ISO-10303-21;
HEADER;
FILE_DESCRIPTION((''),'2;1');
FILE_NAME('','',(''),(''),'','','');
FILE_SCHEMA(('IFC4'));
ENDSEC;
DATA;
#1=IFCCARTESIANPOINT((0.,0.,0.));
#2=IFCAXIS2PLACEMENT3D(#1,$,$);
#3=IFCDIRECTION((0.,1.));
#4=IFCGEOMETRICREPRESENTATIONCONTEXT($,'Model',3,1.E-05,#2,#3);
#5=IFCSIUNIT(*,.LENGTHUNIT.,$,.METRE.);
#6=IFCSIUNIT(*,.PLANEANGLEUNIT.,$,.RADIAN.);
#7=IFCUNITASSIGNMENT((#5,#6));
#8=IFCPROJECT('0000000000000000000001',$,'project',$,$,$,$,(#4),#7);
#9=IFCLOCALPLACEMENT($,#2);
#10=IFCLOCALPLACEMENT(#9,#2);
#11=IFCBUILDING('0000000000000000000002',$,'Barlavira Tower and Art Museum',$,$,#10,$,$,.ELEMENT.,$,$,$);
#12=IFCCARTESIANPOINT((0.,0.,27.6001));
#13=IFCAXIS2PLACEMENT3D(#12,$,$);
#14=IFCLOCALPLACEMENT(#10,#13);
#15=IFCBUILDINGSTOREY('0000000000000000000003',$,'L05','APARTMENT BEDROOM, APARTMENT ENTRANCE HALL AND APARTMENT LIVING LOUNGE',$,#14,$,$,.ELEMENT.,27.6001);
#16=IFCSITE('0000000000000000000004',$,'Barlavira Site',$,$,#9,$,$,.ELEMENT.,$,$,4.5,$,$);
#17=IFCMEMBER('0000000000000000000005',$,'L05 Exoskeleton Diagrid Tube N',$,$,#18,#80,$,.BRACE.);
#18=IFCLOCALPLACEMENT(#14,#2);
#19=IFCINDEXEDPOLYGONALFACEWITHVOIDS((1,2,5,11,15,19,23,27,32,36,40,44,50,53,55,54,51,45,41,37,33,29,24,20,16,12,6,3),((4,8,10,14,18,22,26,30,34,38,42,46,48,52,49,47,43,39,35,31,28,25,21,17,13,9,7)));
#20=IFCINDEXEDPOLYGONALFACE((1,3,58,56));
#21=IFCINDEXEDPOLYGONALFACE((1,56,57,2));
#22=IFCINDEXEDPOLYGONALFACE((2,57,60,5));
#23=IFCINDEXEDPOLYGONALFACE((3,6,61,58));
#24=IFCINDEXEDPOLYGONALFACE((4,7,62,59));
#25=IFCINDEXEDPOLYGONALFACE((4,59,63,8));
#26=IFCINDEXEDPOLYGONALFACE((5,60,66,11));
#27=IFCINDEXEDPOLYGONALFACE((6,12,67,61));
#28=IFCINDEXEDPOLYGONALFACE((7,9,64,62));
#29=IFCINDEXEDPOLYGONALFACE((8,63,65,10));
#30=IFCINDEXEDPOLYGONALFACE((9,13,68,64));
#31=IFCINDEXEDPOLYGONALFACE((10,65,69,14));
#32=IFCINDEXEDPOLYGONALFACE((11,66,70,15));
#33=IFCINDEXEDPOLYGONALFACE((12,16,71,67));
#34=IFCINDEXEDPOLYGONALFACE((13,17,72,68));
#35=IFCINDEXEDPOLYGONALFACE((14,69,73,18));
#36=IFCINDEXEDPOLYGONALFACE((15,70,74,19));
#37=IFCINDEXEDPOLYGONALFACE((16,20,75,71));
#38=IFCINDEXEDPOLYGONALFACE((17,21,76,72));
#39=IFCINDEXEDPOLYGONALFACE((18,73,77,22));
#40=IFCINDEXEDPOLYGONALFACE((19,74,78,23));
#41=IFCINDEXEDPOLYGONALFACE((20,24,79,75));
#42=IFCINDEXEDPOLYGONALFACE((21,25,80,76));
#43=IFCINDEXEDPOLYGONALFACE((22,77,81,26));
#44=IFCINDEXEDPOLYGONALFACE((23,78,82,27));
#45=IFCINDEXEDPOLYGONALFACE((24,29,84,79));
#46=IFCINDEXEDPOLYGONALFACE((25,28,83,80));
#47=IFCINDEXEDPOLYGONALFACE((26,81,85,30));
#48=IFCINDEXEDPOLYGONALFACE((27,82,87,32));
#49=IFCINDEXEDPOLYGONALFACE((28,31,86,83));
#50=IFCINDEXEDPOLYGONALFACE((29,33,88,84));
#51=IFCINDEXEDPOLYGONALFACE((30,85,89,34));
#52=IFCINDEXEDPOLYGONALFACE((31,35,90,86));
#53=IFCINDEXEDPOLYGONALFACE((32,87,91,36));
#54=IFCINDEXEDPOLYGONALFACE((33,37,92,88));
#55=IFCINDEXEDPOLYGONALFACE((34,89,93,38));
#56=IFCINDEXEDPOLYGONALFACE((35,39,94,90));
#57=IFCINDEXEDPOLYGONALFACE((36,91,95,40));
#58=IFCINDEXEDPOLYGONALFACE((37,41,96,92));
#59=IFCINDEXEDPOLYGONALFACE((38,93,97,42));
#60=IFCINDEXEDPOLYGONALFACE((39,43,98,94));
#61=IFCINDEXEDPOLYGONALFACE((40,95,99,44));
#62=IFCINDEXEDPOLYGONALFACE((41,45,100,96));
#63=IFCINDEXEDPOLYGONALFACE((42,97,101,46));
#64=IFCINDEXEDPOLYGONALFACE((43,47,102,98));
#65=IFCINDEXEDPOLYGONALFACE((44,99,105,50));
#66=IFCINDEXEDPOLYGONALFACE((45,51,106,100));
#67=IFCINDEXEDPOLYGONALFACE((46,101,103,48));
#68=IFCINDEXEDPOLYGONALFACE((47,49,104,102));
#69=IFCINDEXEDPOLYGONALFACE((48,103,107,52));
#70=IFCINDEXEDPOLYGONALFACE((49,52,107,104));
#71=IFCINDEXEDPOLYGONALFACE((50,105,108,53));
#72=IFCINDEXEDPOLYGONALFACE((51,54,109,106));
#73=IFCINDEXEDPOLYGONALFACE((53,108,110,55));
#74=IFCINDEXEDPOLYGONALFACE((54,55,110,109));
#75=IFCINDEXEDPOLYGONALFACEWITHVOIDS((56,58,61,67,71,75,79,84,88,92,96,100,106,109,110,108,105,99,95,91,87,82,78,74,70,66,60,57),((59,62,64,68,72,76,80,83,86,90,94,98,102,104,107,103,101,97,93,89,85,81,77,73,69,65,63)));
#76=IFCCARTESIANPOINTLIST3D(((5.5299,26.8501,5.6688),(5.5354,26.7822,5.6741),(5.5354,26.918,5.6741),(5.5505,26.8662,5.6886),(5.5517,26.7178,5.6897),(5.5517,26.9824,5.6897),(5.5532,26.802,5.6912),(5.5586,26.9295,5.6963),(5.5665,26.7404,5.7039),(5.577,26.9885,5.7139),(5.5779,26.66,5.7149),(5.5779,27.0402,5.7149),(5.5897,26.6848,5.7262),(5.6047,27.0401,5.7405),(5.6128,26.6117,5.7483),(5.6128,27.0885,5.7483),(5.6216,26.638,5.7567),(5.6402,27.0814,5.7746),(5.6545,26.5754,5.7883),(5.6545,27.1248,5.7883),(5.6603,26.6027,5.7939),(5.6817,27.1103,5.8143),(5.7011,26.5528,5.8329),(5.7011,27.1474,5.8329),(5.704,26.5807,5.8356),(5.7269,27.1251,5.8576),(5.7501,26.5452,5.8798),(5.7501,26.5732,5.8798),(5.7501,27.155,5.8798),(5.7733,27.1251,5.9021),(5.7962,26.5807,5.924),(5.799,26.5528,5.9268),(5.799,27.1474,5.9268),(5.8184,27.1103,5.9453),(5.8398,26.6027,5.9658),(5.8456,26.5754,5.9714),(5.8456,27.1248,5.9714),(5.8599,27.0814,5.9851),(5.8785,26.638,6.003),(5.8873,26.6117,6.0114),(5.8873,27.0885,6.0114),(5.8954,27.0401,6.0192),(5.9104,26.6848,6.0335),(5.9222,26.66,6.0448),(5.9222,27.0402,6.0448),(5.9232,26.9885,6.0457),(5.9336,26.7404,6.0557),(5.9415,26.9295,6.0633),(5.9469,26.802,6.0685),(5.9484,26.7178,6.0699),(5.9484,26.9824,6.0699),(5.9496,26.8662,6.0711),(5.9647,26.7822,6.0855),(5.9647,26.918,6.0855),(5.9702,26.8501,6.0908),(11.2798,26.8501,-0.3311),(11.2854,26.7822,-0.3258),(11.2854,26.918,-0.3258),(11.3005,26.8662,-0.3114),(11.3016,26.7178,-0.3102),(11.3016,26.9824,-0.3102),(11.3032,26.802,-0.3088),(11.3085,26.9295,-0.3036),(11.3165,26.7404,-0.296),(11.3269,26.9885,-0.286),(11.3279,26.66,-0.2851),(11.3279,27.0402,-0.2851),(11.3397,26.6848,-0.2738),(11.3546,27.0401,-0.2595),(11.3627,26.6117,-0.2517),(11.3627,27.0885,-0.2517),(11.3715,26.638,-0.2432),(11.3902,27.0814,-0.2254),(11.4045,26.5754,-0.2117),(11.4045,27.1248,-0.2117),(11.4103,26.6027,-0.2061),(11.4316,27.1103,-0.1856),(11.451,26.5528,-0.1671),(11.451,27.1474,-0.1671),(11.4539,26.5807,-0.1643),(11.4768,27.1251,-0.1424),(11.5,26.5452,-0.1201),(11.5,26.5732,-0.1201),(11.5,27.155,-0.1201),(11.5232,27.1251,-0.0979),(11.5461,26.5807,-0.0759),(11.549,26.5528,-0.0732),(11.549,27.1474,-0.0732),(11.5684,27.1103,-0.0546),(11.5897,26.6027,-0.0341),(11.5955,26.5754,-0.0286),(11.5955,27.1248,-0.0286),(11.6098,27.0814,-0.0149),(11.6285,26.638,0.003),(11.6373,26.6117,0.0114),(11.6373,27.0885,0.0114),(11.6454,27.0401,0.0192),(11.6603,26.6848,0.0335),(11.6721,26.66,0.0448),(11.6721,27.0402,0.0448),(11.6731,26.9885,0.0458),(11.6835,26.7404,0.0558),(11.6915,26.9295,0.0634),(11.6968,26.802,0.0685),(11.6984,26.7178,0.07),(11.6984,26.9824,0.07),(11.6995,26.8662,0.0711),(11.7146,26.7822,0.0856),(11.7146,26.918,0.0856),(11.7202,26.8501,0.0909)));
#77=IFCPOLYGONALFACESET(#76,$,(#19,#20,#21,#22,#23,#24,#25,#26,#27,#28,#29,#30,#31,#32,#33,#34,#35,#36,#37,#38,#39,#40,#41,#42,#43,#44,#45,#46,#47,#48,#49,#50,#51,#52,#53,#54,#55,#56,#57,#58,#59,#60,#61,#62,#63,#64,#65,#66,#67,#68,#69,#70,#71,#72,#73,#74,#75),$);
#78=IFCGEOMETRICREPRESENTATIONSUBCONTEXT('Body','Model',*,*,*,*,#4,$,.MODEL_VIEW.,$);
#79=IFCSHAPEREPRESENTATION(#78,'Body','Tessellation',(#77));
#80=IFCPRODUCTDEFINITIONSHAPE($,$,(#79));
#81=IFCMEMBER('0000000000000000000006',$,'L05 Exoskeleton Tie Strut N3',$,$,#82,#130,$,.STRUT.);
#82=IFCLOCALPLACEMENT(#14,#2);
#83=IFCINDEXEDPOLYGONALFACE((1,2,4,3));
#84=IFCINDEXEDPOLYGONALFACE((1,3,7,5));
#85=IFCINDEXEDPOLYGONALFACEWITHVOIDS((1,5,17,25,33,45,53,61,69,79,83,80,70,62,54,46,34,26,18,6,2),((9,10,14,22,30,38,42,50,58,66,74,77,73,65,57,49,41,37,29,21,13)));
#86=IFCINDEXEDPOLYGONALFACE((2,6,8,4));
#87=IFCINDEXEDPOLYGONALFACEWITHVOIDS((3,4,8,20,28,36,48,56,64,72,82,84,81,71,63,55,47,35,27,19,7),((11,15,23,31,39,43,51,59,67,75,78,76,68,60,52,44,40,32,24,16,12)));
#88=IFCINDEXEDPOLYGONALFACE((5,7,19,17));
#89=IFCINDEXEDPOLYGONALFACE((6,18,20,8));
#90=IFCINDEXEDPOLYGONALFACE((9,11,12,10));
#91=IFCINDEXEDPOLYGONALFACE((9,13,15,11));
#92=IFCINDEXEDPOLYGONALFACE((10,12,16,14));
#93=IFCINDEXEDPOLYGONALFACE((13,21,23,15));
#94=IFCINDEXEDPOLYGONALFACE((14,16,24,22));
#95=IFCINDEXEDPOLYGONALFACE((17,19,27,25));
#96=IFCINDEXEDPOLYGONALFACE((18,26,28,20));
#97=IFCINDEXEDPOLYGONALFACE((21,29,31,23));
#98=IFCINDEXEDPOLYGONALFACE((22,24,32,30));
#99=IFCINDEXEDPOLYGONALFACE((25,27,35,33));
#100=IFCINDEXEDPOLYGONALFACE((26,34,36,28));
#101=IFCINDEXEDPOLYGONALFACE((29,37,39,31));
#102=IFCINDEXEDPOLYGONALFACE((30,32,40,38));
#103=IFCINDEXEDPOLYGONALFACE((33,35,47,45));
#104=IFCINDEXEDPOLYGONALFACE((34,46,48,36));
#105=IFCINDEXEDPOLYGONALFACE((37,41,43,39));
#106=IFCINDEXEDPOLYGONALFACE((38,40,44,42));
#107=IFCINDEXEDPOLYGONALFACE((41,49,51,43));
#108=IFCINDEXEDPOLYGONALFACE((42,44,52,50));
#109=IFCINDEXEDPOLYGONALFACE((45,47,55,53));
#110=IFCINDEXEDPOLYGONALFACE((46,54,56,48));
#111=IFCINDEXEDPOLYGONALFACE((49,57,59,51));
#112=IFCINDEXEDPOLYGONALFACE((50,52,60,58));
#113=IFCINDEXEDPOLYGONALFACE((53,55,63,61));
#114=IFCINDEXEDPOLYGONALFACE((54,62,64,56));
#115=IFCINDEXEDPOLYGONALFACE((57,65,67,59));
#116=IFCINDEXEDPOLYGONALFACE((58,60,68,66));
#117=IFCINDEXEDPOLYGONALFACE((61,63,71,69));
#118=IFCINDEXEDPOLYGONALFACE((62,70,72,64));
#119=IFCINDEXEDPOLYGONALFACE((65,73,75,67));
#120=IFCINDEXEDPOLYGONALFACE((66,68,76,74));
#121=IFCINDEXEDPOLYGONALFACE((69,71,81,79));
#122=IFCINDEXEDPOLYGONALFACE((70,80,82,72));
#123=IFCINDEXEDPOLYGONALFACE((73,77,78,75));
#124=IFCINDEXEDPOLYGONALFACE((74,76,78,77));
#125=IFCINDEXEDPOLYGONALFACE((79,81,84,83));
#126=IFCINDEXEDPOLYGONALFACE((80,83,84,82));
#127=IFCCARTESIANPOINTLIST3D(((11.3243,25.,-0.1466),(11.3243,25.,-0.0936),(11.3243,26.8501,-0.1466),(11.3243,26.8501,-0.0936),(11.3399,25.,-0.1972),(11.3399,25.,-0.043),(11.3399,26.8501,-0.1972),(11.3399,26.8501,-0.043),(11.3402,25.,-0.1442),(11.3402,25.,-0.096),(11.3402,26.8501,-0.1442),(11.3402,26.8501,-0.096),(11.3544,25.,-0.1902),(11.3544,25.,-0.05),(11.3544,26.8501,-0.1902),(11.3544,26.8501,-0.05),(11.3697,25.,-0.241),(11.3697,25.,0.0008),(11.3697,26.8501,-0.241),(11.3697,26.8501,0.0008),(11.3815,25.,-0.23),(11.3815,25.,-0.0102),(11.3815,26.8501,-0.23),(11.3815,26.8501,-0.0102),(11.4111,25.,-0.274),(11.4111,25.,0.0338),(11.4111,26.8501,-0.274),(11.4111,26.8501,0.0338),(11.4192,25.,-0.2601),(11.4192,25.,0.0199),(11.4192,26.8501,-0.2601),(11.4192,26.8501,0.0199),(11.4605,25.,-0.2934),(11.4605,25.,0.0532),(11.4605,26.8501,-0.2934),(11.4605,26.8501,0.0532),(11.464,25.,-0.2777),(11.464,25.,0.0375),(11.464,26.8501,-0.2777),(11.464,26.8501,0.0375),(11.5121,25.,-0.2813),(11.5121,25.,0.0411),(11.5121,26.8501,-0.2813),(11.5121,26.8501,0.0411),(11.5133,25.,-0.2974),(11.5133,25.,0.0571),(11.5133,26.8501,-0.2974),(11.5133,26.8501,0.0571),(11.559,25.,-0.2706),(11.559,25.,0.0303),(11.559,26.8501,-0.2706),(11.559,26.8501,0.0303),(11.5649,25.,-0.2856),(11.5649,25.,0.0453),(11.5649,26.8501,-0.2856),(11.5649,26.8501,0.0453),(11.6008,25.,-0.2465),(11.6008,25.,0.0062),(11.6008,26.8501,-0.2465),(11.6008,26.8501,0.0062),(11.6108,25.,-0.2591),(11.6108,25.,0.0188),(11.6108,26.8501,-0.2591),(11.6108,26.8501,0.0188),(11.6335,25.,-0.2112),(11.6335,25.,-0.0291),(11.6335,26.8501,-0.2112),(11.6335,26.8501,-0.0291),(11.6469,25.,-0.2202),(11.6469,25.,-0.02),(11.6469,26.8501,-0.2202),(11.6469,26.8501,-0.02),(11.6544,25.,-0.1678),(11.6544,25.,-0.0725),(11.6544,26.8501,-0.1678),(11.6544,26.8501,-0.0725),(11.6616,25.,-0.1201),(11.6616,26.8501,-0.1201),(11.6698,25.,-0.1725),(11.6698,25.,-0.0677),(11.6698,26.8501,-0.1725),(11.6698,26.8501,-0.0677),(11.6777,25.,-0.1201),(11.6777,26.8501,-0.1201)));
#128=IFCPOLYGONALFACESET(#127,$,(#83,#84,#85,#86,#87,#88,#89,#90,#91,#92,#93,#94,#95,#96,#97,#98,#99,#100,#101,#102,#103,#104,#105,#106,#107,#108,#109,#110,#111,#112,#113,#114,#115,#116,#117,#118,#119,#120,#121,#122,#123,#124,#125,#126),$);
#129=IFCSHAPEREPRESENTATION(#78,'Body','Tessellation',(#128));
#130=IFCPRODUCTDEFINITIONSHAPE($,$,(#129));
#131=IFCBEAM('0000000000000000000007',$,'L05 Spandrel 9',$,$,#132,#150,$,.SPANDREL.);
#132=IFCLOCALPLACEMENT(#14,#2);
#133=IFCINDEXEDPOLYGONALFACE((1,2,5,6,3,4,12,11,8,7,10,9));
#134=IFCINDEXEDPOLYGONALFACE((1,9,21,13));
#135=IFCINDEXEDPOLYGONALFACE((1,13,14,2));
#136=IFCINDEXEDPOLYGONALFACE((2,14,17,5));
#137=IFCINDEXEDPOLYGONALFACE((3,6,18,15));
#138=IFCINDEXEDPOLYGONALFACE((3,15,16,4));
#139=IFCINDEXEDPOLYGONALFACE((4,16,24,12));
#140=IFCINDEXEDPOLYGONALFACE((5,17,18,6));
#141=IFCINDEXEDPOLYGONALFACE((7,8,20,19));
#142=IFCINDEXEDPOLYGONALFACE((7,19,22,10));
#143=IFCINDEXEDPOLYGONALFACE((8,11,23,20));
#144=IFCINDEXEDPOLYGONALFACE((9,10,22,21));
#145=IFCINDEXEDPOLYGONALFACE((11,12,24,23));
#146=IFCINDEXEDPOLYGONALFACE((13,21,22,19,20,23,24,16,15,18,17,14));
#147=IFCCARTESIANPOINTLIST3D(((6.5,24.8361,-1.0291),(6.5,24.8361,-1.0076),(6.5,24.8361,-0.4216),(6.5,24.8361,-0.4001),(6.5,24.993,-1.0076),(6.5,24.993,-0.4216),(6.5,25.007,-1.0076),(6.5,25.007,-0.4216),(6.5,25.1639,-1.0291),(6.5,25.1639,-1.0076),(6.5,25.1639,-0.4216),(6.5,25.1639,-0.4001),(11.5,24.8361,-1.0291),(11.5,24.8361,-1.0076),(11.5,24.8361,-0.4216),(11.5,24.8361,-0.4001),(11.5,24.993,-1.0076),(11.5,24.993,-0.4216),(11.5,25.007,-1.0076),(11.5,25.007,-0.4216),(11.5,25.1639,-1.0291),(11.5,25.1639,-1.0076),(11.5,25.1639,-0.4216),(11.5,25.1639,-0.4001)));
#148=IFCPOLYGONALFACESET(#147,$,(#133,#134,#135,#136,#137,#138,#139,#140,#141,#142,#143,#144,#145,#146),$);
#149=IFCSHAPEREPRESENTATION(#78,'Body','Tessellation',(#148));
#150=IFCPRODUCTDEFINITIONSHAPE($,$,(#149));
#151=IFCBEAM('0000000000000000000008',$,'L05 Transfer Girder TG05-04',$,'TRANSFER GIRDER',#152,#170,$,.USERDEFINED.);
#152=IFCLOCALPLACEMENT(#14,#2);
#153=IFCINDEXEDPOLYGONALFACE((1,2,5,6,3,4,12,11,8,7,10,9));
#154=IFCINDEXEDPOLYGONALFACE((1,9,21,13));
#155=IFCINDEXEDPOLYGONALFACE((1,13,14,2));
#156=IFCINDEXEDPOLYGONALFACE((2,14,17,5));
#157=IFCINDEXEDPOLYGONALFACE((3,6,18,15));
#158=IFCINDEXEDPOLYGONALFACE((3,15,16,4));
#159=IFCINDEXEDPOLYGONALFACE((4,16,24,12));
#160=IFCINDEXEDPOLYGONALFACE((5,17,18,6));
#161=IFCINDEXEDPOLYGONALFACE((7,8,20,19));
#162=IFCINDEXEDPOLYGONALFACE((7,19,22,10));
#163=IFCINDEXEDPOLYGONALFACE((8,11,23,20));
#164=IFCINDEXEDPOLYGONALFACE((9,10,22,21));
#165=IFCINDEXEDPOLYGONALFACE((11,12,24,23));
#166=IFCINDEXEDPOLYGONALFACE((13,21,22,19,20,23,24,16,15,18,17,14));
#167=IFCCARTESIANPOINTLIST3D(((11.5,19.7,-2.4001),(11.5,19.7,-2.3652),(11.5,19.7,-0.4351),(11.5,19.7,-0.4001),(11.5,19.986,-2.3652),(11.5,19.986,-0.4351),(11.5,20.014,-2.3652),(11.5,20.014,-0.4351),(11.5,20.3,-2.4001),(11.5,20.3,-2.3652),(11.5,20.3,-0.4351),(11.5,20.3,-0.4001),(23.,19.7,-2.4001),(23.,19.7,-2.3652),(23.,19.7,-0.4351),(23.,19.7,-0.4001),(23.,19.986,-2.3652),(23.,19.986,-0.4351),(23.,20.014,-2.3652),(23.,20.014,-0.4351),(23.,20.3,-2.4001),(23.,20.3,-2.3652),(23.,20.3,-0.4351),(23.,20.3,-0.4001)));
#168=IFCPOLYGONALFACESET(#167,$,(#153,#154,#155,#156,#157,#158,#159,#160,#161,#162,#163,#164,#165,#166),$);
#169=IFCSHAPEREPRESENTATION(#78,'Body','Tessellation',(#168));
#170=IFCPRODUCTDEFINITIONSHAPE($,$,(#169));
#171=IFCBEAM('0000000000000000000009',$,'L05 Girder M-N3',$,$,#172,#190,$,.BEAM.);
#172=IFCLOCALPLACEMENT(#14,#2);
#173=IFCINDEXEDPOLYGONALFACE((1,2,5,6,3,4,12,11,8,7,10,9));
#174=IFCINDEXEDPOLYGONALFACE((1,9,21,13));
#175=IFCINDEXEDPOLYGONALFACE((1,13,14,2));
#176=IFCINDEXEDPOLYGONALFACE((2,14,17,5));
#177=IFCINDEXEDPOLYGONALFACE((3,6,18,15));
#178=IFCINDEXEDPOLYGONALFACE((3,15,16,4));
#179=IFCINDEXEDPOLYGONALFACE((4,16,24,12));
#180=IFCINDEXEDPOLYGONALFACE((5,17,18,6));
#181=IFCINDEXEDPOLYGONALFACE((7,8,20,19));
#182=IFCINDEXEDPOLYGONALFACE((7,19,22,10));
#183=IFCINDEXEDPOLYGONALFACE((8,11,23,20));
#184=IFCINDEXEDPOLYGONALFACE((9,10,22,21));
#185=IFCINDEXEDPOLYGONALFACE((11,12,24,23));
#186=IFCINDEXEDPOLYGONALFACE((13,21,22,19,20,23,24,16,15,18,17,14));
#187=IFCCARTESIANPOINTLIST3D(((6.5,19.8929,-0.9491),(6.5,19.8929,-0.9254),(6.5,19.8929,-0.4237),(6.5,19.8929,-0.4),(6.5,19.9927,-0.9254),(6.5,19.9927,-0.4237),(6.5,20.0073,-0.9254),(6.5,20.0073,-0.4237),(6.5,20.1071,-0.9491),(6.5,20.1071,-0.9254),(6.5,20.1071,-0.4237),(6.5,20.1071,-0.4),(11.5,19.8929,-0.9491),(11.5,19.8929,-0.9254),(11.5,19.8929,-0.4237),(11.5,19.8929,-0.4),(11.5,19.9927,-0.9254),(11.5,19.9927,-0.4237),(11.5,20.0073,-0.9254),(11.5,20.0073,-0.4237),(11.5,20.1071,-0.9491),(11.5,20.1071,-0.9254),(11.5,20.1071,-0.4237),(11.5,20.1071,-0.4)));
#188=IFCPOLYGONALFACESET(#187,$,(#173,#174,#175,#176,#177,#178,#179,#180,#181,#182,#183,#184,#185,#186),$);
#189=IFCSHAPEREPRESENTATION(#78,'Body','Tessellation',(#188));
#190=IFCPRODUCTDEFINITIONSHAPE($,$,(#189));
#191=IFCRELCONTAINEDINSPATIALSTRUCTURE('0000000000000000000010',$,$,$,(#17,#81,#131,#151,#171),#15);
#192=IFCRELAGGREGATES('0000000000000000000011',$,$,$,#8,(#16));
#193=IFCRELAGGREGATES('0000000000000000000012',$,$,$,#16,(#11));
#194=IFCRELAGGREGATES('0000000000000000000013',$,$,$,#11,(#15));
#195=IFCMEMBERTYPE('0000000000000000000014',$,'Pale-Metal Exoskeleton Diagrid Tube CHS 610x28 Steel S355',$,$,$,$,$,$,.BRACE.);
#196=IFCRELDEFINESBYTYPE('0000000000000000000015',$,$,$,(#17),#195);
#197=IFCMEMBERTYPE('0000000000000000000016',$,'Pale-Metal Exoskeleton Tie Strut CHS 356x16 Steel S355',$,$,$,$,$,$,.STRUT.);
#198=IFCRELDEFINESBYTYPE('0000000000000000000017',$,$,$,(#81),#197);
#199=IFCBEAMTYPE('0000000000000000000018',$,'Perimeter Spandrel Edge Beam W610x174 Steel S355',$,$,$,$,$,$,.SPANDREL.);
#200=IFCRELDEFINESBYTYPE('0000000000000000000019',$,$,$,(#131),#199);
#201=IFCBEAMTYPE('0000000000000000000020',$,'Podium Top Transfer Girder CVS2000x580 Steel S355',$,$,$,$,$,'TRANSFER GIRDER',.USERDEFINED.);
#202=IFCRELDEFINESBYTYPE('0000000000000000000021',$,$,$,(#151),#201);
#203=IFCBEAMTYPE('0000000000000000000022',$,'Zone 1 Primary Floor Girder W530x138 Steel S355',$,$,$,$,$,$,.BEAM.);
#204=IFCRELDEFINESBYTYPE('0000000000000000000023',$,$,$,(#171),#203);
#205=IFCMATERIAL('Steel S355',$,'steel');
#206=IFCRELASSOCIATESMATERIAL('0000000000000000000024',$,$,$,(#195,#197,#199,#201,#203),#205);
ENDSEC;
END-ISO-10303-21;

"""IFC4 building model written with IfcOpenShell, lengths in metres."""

from ifc_helpers import new_model, si_unit, direction, frame, origin, origin_2d, place, context, subcontext, project, spatial, hollow_circle, i_section, extrude, material, material_profile, profile_set, type_object, element, save


model = new_model("IFC4")

# Units and contexts
model_context = context("Model", 3, precision=1e-05, world=origin(), true_north=direction((0.0, 1.0)))
body_context = subcontext(model_context, "Body", "Model", "MODEL_VIEW")
ifc_project = project(units=[si_unit("LENGTHUNIT", "METRE"), si_unit("PLANEANGLEUNIT", "RADIAN")], contexts=[model_context])

# Site, building, storey
site_placement = place(None, origin())
site = spatial("IfcSite", under=ifc_project, at=site_placement, Name="Barlavira Site", CompositionType="ELEMENT", RefElevation=4.5)
building_placement = place(site_placement, origin())
building = spatial("IfcBuilding", under=site, at=building_placement, Name="Barlavira Tower and Art Museum", CompositionType="ELEMENT")
storey_placement = place(building_placement, frame((0.0, 0.0, 27.6001)))
storey = spatial("IfcBuildingStorey", under=building, at=storey_placement, Name="L05", Description="APARTMENT BEDROOM, APARTMENT ENTRANCE HALL AND APARTMENT LIVING LOUNGE", CompositionType="ELEMENT", Elevation=27.6001)

# Members
ifc_material_1 = material(Name="Steel S355", Category="steel")
ifc_material_profile_1 = material_profile(ifc_material_1, hollow_circle(Radius=0.3049, WallThickness=0.0281, at=origin_2d()), Name="CHS 610.0x28.0")
ifc_profile_set_1 = profile_set([ifc_material_profile_1], Name="Steel S355")
member_type_1 = type_object("IfcMemberType", Name="Pale-Metal Exoskeleton Diagrid Tube CHS 610x28 Steel S355", PredefinedType="BRACE", material=ifc_profile_set_1)
member_1_placement = place(storey_placement, frame((11.5, 26.8501, -0.1201), z_axis=(-0.691905, 0.0, 0.721988), x_axis=(0.0, -1.0, 0.0)))
element("IfcMember", 1, at=member_1_placement, inside=storey, type_object=member_type_1, Name="L05 Exoskeleton Diagrid Tube N", PredefinedType="BRACE", context=body_context, shape_type="SweptSolid", body=[
    extrude(hollow_circle(Radius=0.3049, WallThickness=0.0281, at=origin_2d()), origin(), (0.0, 0.0, 1.0), 8.3103),
])
ifc_material_profile_2 = material_profile(ifc_material_1, hollow_circle(Radius=0.1777, WallThickness=0.0161, at=origin_2d()), Name="CHS 355.6x16.0")
ifc_profile_set_2 = profile_set([ifc_material_profile_2], Name="Steel S355")
member_type_2 = type_object("IfcMemberType", Name="Pale-Metal Exoskeleton Tie Strut CHS 356x16 Steel S355", PredefinedType="STRUT", material=ifc_profile_set_2)
member_2_placement = place(storey_placement, frame((11.5, 26.8501, -0.1201), z_axis=(0.0, -1.0, 0.0), x_axis=(1.0, 0.0, 0.0)))
element("IfcMember", 2, at=member_2_placement, inside=storey, type_object=member_type_2, Name="L05 Exoskeleton Tie Strut N3", PredefinedType="STRUT", context=body_context, shape_type="SweptSolid", body=[
    extrude(hollow_circle(Radius=0.1777, WallThickness=0.0161, at=origin_2d()), origin(), (0.0, 0.0, 1.0), 1.8501),
])

# Beams
ifc_material_profile_3 = material_profile(ifc_material_1, i_section(OverallWidth=0.3279, OverallDepth=0.6289, WebThickness=0.0139, FlangeThickness=0.0215, at=origin_2d()), Name="W610x174.0")
ifc_profile_set_3 = profile_set([ifc_material_profile_3], Name="Steel S355")
beam_type_1 = type_object("IfcBeamType", Name="Perimeter Spandrel Edge Beam W610x174 Steel S355", PredefinedType="SPANDREL", material=ifc_profile_set_3)
beam_1_placement = place(storey_placement, frame((6.5, 25.0, -0.7146), z_axis=(1.0, 0.0, 0.0), x_axis=(0.0, 1.0, 0.0)))
element("IfcBeam", 3, at=beam_1_placement, inside=storey, type_object=beam_type_1, Name="L05 Spandrel 9", PredefinedType="SPANDREL", context=body_context, shape_type="SweptSolid", body=[
    extrude(i_section(OverallWidth=0.3279, OverallDepth=0.6289, WebThickness=0.0139, FlangeThickness=0.0215, at=origin_2d()), origin(), (0.0, 0.0, 1.0), 5.0),
])
ifc_material_profile_4 = material_profile(ifc_material_1, i_section(OverallWidth=0.6001, OverallDepth=2.0, WebThickness=0.0281, FlangeThickness=0.0349, at=origin_2d()), Name="CVS2000x580")
ifc_profile_set_4 = profile_set([ifc_material_profile_4], Name="Steel S355")
beam_type_2 = type_object("IfcBeamType", Name="Podium Top Transfer Girder CVS2000x580 Steel S355", ElementType="TRANSFER GIRDER", PredefinedType="USERDEFINED", material=ifc_profile_set_4)
beam_2_placement = place(storey_placement, frame((11.5, 20.0, -1.4001), z_axis=(1.0, 0.0, 0.0), x_axis=(0.0, 1.0, 0.0)))
element("IfcBeam", 4, at=beam_2_placement, inside=storey, type_object=beam_type_2, Name="L05 Transfer Girder TG05-04", ObjectType="TRANSFER GIRDER", PredefinedType="USERDEFINED", context=body_context, shape_type="SweptSolid", body=[
    extrude(i_section(OverallWidth=0.6001, OverallDepth=2.0, WebThickness=0.0281, FlangeThickness=0.0349, at=origin_2d()), origin(), (0.0, 0.0, 1.0), 11.5),
])
ifc_material_profile_5 = material_profile(ifc_material_1, i_section(OverallWidth=0.2141, OverallDepth=0.5491, WebThickness=0.0146, FlangeThickness=0.0237, at=origin_2d()), Name="W530x138.0")
ifc_profile_set_5 = profile_set([ifc_material_profile_5], Name="Steel S355")
beam_type_3 = type_object("IfcBeamType", Name="Zone 1 Primary Floor Girder W530x138 Steel S355", PredefinedType="BEAM", material=ifc_profile_set_5)
beam_3_placement = place(storey_placement, frame((6.5, 20.0, -0.6746), z_axis=(1.0, 0.0, 0.0), x_axis=(0.0, 1.0, 0.0)))
element("IfcBeam", 5, at=beam_3_placement, inside=storey, type_object=beam_type_3, Name="L05 Girder M-N3", PredefinedType="BEAM", context=body_context, shape_type="SweptSolid", body=[
    extrude(i_section(OverallWidth=0.2141, OverallDepth=0.5491, WebThickness=0.0146, FlangeThickness=0.0237, at=origin_2d()), origin(), (0.0, 0.0, 1.0), 5.0),
])

save(model, "model.ifc")
